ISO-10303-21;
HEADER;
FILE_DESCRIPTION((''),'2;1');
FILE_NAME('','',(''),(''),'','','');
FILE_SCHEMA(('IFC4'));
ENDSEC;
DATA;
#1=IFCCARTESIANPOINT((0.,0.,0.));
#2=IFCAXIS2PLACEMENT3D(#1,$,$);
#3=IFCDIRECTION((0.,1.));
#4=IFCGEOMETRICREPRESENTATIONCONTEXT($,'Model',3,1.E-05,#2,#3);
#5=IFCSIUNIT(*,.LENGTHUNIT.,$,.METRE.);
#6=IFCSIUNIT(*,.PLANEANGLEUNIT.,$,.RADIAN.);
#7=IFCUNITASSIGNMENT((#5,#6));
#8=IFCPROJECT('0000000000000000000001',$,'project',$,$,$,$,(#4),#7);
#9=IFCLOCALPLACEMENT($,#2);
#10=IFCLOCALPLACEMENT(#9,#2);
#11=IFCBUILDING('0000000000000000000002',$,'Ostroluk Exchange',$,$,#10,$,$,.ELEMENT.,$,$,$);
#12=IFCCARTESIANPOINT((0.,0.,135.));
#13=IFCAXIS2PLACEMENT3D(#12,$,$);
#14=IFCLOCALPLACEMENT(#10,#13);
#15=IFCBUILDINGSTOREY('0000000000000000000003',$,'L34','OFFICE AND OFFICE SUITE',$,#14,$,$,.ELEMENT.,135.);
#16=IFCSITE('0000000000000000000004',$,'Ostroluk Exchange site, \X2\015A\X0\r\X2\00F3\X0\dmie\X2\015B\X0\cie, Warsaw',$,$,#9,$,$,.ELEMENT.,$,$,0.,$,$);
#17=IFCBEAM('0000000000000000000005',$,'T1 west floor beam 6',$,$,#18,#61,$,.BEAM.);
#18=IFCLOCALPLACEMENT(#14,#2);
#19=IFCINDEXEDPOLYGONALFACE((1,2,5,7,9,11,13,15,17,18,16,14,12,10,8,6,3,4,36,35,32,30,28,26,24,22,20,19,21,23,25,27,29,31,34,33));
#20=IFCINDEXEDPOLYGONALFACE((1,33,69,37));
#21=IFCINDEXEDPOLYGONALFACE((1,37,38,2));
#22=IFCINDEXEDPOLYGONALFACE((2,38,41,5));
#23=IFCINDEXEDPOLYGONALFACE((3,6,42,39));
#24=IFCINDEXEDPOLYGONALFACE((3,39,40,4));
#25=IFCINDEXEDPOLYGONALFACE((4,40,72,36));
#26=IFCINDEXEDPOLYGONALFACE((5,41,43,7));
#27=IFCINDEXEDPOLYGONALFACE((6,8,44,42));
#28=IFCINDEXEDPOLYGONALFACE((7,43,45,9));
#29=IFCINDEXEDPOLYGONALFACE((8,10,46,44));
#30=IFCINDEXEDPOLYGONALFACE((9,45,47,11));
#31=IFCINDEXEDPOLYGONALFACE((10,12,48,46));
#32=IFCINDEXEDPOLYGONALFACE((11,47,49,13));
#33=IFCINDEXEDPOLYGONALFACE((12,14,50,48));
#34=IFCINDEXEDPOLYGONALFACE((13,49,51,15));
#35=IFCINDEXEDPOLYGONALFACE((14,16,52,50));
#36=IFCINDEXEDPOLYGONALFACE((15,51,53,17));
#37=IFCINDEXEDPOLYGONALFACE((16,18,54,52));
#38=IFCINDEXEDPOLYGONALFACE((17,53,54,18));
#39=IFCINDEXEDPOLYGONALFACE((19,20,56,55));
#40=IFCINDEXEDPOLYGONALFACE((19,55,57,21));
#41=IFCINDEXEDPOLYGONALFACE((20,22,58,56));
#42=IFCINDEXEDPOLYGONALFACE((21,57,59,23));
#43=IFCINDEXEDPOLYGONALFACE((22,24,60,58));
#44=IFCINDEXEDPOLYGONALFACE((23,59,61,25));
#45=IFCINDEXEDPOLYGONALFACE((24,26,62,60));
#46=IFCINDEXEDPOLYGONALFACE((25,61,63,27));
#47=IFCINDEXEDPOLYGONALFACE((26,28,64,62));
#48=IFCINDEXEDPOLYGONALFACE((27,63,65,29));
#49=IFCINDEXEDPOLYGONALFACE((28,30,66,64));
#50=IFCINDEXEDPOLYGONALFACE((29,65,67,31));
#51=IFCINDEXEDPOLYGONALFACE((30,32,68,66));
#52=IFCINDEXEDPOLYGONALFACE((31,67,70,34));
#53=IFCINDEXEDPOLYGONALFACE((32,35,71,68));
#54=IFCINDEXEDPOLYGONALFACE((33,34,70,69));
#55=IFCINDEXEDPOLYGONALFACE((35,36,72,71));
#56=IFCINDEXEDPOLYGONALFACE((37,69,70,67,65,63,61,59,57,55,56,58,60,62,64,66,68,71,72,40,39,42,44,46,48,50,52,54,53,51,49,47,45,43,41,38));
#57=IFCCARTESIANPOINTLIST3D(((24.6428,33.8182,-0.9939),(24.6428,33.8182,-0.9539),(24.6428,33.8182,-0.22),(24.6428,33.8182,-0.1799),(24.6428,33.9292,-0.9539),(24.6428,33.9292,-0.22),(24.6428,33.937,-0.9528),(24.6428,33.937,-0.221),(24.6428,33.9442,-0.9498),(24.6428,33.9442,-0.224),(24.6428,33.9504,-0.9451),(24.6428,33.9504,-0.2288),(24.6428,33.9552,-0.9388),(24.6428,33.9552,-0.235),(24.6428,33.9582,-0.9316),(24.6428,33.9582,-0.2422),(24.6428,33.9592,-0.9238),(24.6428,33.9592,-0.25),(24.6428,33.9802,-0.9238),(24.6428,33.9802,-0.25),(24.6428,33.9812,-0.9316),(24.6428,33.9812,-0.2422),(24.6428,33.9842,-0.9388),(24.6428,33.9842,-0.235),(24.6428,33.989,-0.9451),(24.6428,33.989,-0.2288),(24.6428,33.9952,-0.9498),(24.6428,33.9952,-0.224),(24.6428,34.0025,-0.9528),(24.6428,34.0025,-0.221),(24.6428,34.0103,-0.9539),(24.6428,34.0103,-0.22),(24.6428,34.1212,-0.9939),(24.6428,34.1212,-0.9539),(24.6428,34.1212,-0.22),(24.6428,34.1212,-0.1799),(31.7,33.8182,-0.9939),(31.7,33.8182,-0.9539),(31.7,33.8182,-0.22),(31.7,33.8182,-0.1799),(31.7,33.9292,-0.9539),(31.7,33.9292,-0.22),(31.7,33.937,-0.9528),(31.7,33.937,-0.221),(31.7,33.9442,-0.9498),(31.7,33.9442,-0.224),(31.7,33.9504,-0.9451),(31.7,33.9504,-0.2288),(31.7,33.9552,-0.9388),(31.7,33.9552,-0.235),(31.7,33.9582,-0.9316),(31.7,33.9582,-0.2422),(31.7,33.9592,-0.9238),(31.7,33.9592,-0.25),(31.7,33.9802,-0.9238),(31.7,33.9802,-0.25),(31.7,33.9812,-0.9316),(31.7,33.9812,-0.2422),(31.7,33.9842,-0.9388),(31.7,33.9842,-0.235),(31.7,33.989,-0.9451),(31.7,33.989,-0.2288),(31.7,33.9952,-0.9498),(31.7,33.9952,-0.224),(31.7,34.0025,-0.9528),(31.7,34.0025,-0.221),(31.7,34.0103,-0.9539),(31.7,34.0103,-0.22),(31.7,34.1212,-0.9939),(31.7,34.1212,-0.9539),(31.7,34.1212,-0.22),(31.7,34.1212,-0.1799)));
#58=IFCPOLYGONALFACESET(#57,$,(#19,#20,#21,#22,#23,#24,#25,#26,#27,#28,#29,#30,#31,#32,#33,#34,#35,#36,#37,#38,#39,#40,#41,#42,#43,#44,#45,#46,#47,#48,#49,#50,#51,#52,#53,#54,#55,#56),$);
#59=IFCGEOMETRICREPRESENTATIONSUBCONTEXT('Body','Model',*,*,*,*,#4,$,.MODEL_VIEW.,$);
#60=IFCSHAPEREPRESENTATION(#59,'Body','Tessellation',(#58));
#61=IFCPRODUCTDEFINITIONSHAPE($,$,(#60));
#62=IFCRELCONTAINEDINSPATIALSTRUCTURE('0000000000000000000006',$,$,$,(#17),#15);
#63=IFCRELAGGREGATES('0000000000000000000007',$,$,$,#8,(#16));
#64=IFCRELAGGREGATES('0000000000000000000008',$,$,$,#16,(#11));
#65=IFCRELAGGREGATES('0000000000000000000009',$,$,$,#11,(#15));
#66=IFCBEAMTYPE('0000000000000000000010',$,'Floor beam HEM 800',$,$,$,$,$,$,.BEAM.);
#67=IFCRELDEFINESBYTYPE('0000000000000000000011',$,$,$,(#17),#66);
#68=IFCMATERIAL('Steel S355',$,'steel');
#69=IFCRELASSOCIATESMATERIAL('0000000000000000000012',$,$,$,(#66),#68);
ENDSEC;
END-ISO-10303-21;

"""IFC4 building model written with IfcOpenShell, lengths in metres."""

from ifc_helpers import new_model, si_unit, direction, frame, origin, origin_2d, place, context, subcontext, project, spatial, i_section, extrude, material, material_profile, profile_set, type_object, element, save


model = new_model("IFC4")

# Units and contexts
model_context = context("Model", 3, precision=1e-05, world=origin(), true_north=direction((0.0, 1.0)))
body_context = subcontext(model_context, "Body", "Model", "MODEL_VIEW")
ifc_project = project(units=[si_unit("LENGTHUNIT", "METRE"), si_unit("PLANEANGLEUNIT", "RADIAN")], contexts=[model_context])

# Site, building, storey
site_placement = place(None, origin())
site = spatial("IfcSite", under=ifc_project, at=site_placement, Name="Ostroluk Exchange site, Śródmieście, Warsaw", CompositionType="ELEMENT", RefElevation=0.0)
building_placement = place(site_placement, origin())
building = spatial("IfcBuilding", under=site, at=building_placement, Name="Ostroluk Exchange", CompositionType="ELEMENT")
storey_placement = place(building_placement, frame((0.0, 0.0, 135.0)))
storey = spatial("IfcBuildingStorey", under=building, at=storey_placement, Name="L34", Description="OFFICE AND OFFICE SUITE", CompositionType="ELEMENT", Elevation=135.0)

# Beam
ifc_material_1 = material(Name="Steel S355", Category="steel")
ifc_material_profile = material_profile(ifc_material_1, i_section(OverallWidth=0.303, OverallDepth=0.814, WebThickness=0.021, FlangeThickness=0.04, FilletRadius=0.03, at=origin_2d()), Name="HEM 800")
ifc_profile_set = profile_set([ifc_material_profile], Name="Steel S355")
beam_type = type_object("IfcBeamType", Name="Floor beam HEM 800", PredefinedType="BEAM", material=ifc_profile_set)
beam_placement = place(storey_placement, frame((31.7, 33.9697, -0.5869), z_axis=(-1.0, 0.0, 0.0), x_axis=(0.0, -1.0, 0.0)))
element("IfcBeam", 1, at=beam_placement, inside=storey, type_object=beam_type, Name="T1 west floor beam 6", PredefinedType="BEAM", context=body_context, shape_type="SweptSolid", body=[
    extrude(i_section(OverallWidth=0.303, OverallDepth=0.814, WebThickness=0.021, FlangeThickness=0.04, FilletRadius=0.03, at=origin_2d()), origin(), (0.0, 0.0, 1.0), 7.0571),
])

save(model, "model.ifc")
